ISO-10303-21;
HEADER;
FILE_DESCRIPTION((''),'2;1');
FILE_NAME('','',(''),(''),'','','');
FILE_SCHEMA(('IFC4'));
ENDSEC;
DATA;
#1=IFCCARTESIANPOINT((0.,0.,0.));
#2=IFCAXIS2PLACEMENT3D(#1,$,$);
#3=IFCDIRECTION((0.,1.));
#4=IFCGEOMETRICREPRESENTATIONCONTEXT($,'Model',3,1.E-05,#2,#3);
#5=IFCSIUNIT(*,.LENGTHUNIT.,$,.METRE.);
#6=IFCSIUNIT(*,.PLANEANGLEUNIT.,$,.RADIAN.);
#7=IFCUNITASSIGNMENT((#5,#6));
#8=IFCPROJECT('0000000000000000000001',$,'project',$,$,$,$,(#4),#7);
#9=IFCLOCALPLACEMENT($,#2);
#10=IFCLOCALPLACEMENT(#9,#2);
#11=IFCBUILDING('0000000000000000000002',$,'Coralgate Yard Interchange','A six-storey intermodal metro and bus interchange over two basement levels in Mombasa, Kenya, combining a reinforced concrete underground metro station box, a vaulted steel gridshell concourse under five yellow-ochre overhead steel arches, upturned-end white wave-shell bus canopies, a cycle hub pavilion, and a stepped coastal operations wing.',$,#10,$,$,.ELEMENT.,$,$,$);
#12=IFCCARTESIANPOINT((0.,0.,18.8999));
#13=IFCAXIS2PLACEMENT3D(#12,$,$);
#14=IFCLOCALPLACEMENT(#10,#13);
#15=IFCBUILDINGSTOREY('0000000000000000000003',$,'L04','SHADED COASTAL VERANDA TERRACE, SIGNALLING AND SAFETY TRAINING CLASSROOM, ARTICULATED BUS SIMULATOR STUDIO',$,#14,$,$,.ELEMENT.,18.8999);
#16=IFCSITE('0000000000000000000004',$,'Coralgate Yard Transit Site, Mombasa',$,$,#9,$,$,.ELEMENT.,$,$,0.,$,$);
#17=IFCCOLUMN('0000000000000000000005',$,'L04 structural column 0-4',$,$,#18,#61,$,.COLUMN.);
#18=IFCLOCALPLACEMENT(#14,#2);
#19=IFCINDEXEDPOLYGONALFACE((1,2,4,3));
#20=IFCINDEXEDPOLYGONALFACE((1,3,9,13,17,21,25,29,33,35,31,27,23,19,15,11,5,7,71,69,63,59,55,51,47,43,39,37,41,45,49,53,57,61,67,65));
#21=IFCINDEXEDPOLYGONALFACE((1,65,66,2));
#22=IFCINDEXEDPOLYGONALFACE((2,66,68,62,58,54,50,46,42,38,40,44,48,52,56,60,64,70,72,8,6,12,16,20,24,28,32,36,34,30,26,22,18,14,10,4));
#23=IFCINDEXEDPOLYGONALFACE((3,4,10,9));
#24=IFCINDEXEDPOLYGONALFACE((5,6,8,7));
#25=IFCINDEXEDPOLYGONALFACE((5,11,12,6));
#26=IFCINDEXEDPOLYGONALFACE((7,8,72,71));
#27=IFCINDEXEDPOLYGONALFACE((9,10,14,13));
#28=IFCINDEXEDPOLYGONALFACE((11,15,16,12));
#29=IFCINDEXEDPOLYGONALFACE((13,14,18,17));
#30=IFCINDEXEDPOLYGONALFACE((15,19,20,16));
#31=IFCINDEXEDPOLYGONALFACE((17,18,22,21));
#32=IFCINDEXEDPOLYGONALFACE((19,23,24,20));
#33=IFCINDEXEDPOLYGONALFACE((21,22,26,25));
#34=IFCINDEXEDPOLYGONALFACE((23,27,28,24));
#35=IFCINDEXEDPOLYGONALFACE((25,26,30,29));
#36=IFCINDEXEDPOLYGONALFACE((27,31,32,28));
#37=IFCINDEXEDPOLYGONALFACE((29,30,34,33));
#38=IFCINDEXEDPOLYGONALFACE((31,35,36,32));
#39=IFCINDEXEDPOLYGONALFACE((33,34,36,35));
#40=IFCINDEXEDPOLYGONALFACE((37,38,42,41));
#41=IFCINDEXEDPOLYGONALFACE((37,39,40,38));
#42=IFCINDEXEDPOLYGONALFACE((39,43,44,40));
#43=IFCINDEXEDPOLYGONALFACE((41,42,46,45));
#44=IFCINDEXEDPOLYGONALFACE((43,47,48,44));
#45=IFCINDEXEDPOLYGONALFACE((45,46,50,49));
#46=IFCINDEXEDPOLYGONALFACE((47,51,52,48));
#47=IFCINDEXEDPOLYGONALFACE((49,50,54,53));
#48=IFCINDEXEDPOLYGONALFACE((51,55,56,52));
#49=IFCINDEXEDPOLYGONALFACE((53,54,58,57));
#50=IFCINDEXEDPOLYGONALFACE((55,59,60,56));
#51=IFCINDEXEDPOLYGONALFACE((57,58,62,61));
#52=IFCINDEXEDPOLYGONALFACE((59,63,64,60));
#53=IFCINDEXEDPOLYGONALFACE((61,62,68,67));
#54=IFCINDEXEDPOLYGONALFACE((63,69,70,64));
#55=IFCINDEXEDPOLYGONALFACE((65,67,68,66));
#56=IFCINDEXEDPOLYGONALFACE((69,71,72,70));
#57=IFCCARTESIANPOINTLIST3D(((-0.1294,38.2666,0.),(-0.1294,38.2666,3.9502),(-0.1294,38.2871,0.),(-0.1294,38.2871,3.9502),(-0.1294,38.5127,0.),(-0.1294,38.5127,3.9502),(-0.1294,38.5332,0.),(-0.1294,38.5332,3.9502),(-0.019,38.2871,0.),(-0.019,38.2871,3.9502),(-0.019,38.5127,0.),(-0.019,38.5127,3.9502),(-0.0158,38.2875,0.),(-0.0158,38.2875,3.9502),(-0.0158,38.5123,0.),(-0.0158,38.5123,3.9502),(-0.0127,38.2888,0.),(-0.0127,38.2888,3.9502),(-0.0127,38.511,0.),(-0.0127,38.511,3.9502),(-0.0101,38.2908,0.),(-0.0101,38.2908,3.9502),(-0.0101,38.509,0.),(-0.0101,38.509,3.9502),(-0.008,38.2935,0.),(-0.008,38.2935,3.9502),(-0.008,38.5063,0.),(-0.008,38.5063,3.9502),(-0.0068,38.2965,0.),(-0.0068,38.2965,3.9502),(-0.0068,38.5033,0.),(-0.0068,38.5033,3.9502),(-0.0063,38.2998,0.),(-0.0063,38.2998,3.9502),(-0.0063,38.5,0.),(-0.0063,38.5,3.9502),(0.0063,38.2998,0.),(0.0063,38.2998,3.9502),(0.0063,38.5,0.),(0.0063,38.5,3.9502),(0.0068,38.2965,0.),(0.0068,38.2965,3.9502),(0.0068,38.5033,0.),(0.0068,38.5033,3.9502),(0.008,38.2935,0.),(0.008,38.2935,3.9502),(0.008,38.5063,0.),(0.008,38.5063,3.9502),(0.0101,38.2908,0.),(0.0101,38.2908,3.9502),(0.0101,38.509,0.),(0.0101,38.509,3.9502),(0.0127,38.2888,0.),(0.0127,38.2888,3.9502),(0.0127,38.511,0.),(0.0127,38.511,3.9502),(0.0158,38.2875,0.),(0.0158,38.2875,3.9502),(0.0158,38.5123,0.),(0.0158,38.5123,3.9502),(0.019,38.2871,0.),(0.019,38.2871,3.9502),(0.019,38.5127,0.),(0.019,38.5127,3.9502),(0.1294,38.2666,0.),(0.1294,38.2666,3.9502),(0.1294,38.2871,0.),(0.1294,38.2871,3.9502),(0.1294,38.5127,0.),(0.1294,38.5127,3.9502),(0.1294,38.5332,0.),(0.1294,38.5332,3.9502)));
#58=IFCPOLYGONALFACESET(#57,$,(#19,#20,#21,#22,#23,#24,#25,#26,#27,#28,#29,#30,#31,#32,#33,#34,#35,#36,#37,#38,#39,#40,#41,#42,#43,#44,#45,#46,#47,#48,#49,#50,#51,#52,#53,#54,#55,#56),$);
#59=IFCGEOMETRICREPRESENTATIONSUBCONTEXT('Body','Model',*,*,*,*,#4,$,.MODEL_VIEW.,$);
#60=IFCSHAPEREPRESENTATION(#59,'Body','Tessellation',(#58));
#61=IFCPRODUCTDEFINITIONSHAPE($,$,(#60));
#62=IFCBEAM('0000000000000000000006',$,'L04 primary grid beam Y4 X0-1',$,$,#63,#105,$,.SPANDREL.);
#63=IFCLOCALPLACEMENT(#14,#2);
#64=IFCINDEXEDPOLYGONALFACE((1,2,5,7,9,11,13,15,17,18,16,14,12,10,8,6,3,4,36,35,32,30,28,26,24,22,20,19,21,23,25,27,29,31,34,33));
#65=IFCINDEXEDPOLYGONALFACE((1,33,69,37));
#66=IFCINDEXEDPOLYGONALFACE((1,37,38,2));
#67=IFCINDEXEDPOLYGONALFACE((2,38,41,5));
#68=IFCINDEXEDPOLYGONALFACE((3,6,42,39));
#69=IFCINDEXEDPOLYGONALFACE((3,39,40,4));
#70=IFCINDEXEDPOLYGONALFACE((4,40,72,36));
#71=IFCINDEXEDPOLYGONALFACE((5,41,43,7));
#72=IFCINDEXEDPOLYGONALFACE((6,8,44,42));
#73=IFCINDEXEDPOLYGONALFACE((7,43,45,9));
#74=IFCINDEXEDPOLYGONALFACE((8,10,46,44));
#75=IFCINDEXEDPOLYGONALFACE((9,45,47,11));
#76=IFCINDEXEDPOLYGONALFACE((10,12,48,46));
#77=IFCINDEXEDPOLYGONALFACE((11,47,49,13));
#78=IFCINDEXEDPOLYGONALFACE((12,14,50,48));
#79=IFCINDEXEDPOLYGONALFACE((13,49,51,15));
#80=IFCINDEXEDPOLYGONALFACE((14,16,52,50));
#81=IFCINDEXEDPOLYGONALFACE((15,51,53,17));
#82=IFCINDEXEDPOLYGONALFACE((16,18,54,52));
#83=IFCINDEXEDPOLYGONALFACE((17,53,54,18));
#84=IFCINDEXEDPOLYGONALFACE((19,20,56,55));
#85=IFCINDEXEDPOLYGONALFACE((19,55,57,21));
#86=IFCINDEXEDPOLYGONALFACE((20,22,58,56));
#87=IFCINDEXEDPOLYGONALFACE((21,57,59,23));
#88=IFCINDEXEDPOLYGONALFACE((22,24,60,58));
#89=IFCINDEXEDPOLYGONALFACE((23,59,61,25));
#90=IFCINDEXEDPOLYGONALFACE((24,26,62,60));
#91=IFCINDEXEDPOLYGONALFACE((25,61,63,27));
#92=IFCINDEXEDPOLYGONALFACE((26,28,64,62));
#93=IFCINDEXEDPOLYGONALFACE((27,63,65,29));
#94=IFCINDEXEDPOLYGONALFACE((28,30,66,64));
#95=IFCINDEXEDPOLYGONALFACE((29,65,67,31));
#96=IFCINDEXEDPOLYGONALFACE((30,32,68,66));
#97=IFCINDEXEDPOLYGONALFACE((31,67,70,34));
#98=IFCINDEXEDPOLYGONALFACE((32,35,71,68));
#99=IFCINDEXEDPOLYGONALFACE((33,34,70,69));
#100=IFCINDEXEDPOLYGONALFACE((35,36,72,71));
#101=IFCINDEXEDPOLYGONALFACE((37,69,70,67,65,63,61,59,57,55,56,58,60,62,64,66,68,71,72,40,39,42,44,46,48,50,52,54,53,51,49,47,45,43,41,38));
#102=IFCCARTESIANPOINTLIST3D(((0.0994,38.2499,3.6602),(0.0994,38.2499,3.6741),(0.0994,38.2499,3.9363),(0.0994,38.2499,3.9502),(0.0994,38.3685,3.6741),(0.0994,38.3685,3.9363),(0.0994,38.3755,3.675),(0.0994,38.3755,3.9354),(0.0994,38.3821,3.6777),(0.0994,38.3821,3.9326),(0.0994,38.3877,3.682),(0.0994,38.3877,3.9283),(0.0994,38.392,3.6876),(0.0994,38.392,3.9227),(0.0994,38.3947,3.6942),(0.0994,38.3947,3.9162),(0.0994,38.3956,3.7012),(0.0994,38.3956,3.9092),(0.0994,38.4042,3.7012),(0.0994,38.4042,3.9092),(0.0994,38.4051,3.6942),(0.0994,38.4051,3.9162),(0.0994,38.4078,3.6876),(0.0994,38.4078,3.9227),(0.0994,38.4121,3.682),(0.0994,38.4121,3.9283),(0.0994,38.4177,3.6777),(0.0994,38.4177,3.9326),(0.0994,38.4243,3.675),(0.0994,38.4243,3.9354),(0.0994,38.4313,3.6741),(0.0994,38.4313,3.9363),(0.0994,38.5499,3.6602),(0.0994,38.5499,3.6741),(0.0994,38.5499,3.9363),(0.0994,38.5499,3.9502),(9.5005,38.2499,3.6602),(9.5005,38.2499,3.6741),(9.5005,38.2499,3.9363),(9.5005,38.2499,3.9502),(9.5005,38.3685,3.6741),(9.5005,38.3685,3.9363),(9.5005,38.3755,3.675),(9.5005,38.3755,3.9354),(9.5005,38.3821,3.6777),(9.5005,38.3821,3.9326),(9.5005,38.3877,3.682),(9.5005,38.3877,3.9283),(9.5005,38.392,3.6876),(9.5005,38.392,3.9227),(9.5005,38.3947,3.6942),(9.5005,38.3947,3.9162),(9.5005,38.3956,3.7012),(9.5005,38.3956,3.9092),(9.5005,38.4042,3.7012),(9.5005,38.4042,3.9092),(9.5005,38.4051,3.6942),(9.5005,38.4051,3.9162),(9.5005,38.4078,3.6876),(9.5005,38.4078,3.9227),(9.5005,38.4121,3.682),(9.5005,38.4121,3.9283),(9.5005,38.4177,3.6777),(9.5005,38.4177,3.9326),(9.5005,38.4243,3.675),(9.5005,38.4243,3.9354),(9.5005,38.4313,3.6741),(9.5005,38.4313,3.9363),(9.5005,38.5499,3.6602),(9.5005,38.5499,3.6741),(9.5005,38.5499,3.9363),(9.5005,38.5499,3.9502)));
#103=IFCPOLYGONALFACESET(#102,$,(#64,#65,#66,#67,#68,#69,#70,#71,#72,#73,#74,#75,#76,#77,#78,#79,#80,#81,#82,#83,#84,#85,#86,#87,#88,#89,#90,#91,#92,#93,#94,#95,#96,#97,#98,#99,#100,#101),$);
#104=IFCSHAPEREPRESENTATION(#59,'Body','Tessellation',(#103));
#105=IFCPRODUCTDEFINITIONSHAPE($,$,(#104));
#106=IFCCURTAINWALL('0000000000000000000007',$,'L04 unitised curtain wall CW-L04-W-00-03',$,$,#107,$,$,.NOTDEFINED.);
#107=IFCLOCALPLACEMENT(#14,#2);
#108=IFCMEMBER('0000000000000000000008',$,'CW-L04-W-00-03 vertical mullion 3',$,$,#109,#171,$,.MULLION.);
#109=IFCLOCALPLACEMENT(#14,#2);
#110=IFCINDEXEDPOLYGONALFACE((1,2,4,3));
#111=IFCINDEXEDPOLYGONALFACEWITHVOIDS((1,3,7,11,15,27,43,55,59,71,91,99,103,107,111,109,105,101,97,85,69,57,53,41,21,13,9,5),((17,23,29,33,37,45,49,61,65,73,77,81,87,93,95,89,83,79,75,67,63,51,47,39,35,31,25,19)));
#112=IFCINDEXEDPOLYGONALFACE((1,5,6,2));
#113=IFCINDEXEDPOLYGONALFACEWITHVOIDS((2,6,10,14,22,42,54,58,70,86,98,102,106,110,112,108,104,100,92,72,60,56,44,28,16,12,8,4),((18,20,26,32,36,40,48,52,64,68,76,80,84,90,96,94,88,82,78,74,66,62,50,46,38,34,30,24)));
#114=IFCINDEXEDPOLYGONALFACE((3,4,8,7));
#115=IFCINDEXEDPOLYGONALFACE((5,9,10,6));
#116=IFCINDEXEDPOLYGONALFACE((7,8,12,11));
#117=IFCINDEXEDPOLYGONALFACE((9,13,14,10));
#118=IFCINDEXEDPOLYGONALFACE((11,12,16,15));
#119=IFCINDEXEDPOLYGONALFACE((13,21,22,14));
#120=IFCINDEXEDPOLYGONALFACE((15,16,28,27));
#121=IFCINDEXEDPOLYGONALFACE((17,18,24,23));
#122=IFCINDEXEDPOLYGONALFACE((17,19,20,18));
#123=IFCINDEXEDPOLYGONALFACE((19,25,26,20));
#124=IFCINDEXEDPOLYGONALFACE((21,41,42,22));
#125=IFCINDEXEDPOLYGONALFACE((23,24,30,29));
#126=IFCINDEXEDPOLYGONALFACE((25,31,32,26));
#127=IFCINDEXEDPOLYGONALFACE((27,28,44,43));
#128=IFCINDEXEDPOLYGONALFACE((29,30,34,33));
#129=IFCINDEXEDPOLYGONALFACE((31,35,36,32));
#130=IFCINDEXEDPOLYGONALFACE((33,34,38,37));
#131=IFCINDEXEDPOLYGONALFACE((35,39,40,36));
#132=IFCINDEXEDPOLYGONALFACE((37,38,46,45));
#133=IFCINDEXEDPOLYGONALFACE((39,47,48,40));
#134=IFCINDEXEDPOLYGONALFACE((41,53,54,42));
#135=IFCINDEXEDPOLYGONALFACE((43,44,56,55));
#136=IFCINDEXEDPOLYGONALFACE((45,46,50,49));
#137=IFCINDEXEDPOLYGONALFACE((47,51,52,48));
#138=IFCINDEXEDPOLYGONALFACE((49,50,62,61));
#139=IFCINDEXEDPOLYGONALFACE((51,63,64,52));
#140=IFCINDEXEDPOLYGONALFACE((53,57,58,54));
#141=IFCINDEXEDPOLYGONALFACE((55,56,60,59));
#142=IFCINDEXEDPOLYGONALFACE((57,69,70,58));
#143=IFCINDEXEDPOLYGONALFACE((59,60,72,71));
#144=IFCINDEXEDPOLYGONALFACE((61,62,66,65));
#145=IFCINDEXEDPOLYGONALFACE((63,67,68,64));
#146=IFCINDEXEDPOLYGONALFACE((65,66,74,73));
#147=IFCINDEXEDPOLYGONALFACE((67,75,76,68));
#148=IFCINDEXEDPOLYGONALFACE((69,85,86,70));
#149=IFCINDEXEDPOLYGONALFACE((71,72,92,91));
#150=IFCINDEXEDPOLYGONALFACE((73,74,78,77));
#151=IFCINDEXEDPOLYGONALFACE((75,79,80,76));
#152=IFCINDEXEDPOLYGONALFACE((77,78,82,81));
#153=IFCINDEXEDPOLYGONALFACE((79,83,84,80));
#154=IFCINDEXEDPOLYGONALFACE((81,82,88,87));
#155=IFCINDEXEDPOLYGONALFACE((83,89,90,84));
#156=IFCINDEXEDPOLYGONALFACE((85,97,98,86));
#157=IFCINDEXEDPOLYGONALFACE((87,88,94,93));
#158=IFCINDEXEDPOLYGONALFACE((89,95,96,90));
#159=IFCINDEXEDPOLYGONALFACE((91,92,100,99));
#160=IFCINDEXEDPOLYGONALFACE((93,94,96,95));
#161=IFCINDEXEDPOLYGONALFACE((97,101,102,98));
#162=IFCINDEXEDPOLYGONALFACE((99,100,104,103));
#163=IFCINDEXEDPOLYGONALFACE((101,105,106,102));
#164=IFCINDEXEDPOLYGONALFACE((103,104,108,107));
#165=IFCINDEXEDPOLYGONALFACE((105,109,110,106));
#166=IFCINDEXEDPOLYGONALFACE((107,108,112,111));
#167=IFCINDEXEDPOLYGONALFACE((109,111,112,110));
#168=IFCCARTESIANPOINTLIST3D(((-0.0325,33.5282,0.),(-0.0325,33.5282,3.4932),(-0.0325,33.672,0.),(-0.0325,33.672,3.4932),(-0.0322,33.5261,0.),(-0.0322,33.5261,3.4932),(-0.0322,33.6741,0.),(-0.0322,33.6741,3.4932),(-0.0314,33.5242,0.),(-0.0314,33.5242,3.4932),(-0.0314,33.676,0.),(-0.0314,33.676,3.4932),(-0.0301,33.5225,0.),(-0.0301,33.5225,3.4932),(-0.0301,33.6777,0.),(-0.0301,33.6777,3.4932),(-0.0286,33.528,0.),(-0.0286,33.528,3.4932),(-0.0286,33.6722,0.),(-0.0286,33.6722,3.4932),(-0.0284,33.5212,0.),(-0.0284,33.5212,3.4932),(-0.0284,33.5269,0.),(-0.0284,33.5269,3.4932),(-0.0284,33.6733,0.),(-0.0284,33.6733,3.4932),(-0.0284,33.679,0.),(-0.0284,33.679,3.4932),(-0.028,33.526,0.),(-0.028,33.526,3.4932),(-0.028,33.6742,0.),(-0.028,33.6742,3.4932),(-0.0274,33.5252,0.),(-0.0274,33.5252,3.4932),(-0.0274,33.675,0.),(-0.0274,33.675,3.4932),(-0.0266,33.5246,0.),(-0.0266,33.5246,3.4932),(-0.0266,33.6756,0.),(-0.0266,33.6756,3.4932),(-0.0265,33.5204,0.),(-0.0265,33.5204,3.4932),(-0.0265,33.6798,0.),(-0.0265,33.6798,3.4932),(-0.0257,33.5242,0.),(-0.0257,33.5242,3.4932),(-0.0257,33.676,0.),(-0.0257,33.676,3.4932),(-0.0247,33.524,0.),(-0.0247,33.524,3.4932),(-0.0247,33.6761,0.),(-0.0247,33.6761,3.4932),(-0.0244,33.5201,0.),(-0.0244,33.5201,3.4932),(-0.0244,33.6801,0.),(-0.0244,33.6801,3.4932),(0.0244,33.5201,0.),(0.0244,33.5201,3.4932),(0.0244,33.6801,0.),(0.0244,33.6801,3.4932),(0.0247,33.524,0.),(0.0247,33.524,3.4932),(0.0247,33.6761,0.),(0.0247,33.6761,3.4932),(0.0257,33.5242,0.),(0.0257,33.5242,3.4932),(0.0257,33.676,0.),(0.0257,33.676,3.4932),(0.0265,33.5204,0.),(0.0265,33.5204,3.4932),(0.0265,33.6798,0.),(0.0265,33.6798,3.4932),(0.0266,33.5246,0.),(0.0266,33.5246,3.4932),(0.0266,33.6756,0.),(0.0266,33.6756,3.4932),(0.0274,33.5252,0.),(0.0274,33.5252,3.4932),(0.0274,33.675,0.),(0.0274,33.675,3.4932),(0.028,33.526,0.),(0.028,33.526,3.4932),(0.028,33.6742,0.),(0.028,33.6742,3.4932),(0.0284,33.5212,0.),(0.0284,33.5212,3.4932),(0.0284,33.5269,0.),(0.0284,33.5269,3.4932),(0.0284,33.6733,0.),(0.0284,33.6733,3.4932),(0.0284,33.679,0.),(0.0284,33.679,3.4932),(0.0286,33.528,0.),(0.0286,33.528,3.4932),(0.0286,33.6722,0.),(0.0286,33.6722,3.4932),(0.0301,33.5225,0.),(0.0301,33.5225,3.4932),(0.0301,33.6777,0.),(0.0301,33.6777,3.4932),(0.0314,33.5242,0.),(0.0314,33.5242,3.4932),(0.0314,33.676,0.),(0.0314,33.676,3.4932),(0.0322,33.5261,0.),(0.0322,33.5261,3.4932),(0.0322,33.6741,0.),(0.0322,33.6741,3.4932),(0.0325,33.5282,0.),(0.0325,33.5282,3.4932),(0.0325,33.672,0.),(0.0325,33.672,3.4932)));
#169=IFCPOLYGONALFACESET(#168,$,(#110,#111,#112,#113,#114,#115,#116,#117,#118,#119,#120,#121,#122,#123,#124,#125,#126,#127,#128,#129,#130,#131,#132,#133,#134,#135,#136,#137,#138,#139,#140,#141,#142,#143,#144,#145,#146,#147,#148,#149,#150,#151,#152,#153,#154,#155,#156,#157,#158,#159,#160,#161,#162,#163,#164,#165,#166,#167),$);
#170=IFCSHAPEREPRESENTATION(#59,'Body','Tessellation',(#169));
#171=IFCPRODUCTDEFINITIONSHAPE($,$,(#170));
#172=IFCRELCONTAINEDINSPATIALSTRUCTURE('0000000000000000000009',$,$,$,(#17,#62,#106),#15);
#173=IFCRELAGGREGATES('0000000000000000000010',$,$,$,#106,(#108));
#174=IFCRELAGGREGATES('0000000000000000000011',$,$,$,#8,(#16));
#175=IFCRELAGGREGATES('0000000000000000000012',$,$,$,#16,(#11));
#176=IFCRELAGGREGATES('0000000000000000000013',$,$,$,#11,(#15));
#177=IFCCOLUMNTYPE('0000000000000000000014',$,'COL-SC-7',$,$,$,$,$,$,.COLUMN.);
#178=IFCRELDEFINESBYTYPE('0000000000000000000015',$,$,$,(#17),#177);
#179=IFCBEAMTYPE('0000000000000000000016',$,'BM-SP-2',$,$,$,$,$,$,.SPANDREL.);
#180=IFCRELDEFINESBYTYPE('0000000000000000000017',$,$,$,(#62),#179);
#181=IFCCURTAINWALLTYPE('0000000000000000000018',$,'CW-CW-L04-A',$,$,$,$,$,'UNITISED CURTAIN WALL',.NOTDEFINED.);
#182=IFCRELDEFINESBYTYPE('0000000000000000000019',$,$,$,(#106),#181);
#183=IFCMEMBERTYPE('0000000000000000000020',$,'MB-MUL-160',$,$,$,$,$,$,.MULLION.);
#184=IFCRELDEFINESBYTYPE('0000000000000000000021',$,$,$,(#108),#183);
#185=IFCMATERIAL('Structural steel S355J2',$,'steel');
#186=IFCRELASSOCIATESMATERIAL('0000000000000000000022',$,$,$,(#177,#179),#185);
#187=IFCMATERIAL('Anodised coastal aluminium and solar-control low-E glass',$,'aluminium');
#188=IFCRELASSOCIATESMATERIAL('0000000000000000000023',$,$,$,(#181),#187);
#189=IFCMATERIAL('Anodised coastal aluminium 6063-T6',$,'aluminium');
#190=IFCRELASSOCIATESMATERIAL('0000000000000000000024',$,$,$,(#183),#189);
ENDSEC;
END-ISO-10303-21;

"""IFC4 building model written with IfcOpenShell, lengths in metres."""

from ifc_helpers import new_model, si_unit, direction, frame, origin, origin_2d, place, context, subcontext, project, spatial, hollow_rectangle, i_section, extrude, material, material_profile, profile_set, type_object, element, aggregate, save


model = new_model("IFC4")

# Units and contexts
model_context = context("Model", 3, precision=1e-05, world=origin(), true_north=direction((0.0, 1.0)))
body_context = subcontext(model_context, "Body", "Model", "MODEL_VIEW")
ifc_project = project(units=[si_unit("LENGTHUNIT", "METRE"), si_unit("PLANEANGLEUNIT", "RADIAN")], contexts=[model_context])

# Site, building, storey
site_placement = place(None, origin())
site = spatial("IfcSite", under=ifc_project, at=site_placement, Name="Coralgate Yard Transit Site, Mombasa", CompositionType="ELEMENT", RefElevation=0.0)
building_placement = place(site_placement, origin())
building = spatial("IfcBuilding", under=site, at=building_placement, Name="Coralgate Yard Interchange", Description="A six-storey intermodal metro and bus interchange over two basement levels in Mombasa, Kenya, combining a reinforced concrete underground metro station box, a vaulted steel gridshell concourse under five yellow-ochre overhead steel arches, upturned-end white wave-shell bus canopies, a cycle hub pavilion, and a stepped coastal operations wing.", CompositionType="ELEMENT")
storey_placement = place(building_placement, frame((0.0, 0.0, 18.8999)))
storey = spatial("IfcBuildingStorey", under=building, at=storey_placement, Name="L04", Description="SHADED COASTAL VERANDA TERRACE, SIGNALLING AND SAFETY TRAINING CLASSROOM, ARTICULATED BUS SIMULATOR STUDIO", CompositionType="ELEMENT", Elevation=18.8999)

# Column
ifc_material_1 = material(Name="Structural steel S355J2", Category="steel")
ifc_material_profile_1 = material_profile(ifc_material_1, i_section(OverallWidth=0.2588, OverallDepth=0.2666, WebThickness=0.0127, FlangeThickness=0.0205, FilletRadius=0.0127, at=origin_2d()), Name="UC 254x254x107")
ifc_profile_set_1 = profile_set([ifc_material_profile_1], Name="Structural steel S355J2")
column_type = type_object("IfcColumnType", Name="COL-SC-7", PredefinedType="COLUMN", material=ifc_profile_set_1)
column_placement = place(storey_placement, frame((0.0, 38.3999, 0.0), z_axis=(0.0, 0.0, 1.0), x_axis=(1.0, 0.0, 0.0)))
element("IfcColumn", 1, at=column_placement, inside=storey, type_object=column_type, Name="L04 structural column 0-4", PredefinedType="COLUMN", context=body_context, shape_type="SweptSolid", body=[
    extrude(i_section(OverallWidth=0.2588, OverallDepth=0.2666, WebThickness=0.0127, FlangeThickness=0.0205, FilletRadius=0.0127, at=origin_2d()), origin(), (0.0, 0.0, 1.0), 3.9502),
])

# Beam
ifc_material_profile_2 = material_profile(ifc_material_1, i_section(OverallWidth=0.3, OverallDepth=0.29, WebThickness=0.0085, FlangeThickness=0.0139, FilletRadius=0.0271, at=origin_2d()), Name="HEA 300")
ifc_profile_set_2 = profile_set([ifc_material_profile_2], Name="Structural steel S355J2")
beam_type = type_object("IfcBeamType", Name="BM-SP-2", PredefinedType="SPANDREL", material=ifc_profile_set_2)
beam_placement = place(storey_placement, frame((0.0994, 38.3999, 3.8052), z_axis=(1.0, 0.0, 0.0), x_axis=(0.0, 1.0, 0.0)))
element("IfcBeam", 2, at=beam_placement, inside=storey, type_object=beam_type, Name="L04 primary grid beam Y4 X0-1", PredefinedType="SPANDREL", context=body_context, shape_type="SweptSolid", body=[
    extrude(i_section(OverallWidth=0.3, OverallDepth=0.29, WebThickness=0.0085, FlangeThickness=0.0139, FilletRadius=0.0271, at=origin_2d()), origin(), (0.0, 0.0, 1.0), 9.4011),
])

# Curtain wall, member
ifc_material_2 = material(Name="Anodised coastal aluminium and solar-control low-E glass", Category="aluminium")
curtain_wall_type = type_object("IfcCurtainWallType", Name="CW-CW-L04-A", ElementType="UNITISED CURTAIN WALL", PredefinedType="NOTDEFINED", material=ifc_material_2)
curtain_wall_1_placement = place(storey_placement, origin())
curtain_wall_1 = element("IfcCurtainWall", 3, at=curtain_wall_1_placement, inside=storey, type_object=curtain_wall_type, Name="L04 unitised curtain wall CW-L04-W-00-03", PredefinedType="NOTDEFINED")
ifc_material_3 = material(Name="Anodised coastal aluminium 6063-T6", Category="aluminium")
ifc_material_profile_3 = material_profile(ifc_material_3, hollow_rectangle(XDim=0.0649, YDim=0.1599, WallThickness=0.0039, InnerFilletRadius=0.0039, OuterFilletRadius=0.0081, at=origin_2d()), Name="ALU 65x160x4")
ifc_profile_set_3 = profile_set([ifc_material_profile_3], Name="Anodised coastal aluminium 6063-T6")
member_type_1 = type_object("IfcMemberType", Name="MB-MUL-160", PredefinedType="MULLION", material=ifc_profile_set_3)
member_1_placement = place(storey_placement, frame((0.0, 33.6001, 0.0), z_axis=(0.0, 0.0, 1.0), x_axis=(1.0, 0.0, 0.0)))
member_1 = element("IfcMember", 4, at=member_1_placement, type_object=member_type_1, Name="CW-L04-W-00-03 vertical mullion 3", PredefinedType="MULLION", context=body_context, shape_type="SweptSolid", body=[
    extrude(hollow_rectangle(XDim=0.0649, YDim=0.1599, WallThickness=0.0039, InnerFilletRadius=0.0039, OuterFilletRadius=0.0081, at=origin_2d()), origin(), (0.0, 0.0, 1.0), 3.4932),
])

aggregate(curtain_wall_1, [member_1])

save(model, "model.ifc")
